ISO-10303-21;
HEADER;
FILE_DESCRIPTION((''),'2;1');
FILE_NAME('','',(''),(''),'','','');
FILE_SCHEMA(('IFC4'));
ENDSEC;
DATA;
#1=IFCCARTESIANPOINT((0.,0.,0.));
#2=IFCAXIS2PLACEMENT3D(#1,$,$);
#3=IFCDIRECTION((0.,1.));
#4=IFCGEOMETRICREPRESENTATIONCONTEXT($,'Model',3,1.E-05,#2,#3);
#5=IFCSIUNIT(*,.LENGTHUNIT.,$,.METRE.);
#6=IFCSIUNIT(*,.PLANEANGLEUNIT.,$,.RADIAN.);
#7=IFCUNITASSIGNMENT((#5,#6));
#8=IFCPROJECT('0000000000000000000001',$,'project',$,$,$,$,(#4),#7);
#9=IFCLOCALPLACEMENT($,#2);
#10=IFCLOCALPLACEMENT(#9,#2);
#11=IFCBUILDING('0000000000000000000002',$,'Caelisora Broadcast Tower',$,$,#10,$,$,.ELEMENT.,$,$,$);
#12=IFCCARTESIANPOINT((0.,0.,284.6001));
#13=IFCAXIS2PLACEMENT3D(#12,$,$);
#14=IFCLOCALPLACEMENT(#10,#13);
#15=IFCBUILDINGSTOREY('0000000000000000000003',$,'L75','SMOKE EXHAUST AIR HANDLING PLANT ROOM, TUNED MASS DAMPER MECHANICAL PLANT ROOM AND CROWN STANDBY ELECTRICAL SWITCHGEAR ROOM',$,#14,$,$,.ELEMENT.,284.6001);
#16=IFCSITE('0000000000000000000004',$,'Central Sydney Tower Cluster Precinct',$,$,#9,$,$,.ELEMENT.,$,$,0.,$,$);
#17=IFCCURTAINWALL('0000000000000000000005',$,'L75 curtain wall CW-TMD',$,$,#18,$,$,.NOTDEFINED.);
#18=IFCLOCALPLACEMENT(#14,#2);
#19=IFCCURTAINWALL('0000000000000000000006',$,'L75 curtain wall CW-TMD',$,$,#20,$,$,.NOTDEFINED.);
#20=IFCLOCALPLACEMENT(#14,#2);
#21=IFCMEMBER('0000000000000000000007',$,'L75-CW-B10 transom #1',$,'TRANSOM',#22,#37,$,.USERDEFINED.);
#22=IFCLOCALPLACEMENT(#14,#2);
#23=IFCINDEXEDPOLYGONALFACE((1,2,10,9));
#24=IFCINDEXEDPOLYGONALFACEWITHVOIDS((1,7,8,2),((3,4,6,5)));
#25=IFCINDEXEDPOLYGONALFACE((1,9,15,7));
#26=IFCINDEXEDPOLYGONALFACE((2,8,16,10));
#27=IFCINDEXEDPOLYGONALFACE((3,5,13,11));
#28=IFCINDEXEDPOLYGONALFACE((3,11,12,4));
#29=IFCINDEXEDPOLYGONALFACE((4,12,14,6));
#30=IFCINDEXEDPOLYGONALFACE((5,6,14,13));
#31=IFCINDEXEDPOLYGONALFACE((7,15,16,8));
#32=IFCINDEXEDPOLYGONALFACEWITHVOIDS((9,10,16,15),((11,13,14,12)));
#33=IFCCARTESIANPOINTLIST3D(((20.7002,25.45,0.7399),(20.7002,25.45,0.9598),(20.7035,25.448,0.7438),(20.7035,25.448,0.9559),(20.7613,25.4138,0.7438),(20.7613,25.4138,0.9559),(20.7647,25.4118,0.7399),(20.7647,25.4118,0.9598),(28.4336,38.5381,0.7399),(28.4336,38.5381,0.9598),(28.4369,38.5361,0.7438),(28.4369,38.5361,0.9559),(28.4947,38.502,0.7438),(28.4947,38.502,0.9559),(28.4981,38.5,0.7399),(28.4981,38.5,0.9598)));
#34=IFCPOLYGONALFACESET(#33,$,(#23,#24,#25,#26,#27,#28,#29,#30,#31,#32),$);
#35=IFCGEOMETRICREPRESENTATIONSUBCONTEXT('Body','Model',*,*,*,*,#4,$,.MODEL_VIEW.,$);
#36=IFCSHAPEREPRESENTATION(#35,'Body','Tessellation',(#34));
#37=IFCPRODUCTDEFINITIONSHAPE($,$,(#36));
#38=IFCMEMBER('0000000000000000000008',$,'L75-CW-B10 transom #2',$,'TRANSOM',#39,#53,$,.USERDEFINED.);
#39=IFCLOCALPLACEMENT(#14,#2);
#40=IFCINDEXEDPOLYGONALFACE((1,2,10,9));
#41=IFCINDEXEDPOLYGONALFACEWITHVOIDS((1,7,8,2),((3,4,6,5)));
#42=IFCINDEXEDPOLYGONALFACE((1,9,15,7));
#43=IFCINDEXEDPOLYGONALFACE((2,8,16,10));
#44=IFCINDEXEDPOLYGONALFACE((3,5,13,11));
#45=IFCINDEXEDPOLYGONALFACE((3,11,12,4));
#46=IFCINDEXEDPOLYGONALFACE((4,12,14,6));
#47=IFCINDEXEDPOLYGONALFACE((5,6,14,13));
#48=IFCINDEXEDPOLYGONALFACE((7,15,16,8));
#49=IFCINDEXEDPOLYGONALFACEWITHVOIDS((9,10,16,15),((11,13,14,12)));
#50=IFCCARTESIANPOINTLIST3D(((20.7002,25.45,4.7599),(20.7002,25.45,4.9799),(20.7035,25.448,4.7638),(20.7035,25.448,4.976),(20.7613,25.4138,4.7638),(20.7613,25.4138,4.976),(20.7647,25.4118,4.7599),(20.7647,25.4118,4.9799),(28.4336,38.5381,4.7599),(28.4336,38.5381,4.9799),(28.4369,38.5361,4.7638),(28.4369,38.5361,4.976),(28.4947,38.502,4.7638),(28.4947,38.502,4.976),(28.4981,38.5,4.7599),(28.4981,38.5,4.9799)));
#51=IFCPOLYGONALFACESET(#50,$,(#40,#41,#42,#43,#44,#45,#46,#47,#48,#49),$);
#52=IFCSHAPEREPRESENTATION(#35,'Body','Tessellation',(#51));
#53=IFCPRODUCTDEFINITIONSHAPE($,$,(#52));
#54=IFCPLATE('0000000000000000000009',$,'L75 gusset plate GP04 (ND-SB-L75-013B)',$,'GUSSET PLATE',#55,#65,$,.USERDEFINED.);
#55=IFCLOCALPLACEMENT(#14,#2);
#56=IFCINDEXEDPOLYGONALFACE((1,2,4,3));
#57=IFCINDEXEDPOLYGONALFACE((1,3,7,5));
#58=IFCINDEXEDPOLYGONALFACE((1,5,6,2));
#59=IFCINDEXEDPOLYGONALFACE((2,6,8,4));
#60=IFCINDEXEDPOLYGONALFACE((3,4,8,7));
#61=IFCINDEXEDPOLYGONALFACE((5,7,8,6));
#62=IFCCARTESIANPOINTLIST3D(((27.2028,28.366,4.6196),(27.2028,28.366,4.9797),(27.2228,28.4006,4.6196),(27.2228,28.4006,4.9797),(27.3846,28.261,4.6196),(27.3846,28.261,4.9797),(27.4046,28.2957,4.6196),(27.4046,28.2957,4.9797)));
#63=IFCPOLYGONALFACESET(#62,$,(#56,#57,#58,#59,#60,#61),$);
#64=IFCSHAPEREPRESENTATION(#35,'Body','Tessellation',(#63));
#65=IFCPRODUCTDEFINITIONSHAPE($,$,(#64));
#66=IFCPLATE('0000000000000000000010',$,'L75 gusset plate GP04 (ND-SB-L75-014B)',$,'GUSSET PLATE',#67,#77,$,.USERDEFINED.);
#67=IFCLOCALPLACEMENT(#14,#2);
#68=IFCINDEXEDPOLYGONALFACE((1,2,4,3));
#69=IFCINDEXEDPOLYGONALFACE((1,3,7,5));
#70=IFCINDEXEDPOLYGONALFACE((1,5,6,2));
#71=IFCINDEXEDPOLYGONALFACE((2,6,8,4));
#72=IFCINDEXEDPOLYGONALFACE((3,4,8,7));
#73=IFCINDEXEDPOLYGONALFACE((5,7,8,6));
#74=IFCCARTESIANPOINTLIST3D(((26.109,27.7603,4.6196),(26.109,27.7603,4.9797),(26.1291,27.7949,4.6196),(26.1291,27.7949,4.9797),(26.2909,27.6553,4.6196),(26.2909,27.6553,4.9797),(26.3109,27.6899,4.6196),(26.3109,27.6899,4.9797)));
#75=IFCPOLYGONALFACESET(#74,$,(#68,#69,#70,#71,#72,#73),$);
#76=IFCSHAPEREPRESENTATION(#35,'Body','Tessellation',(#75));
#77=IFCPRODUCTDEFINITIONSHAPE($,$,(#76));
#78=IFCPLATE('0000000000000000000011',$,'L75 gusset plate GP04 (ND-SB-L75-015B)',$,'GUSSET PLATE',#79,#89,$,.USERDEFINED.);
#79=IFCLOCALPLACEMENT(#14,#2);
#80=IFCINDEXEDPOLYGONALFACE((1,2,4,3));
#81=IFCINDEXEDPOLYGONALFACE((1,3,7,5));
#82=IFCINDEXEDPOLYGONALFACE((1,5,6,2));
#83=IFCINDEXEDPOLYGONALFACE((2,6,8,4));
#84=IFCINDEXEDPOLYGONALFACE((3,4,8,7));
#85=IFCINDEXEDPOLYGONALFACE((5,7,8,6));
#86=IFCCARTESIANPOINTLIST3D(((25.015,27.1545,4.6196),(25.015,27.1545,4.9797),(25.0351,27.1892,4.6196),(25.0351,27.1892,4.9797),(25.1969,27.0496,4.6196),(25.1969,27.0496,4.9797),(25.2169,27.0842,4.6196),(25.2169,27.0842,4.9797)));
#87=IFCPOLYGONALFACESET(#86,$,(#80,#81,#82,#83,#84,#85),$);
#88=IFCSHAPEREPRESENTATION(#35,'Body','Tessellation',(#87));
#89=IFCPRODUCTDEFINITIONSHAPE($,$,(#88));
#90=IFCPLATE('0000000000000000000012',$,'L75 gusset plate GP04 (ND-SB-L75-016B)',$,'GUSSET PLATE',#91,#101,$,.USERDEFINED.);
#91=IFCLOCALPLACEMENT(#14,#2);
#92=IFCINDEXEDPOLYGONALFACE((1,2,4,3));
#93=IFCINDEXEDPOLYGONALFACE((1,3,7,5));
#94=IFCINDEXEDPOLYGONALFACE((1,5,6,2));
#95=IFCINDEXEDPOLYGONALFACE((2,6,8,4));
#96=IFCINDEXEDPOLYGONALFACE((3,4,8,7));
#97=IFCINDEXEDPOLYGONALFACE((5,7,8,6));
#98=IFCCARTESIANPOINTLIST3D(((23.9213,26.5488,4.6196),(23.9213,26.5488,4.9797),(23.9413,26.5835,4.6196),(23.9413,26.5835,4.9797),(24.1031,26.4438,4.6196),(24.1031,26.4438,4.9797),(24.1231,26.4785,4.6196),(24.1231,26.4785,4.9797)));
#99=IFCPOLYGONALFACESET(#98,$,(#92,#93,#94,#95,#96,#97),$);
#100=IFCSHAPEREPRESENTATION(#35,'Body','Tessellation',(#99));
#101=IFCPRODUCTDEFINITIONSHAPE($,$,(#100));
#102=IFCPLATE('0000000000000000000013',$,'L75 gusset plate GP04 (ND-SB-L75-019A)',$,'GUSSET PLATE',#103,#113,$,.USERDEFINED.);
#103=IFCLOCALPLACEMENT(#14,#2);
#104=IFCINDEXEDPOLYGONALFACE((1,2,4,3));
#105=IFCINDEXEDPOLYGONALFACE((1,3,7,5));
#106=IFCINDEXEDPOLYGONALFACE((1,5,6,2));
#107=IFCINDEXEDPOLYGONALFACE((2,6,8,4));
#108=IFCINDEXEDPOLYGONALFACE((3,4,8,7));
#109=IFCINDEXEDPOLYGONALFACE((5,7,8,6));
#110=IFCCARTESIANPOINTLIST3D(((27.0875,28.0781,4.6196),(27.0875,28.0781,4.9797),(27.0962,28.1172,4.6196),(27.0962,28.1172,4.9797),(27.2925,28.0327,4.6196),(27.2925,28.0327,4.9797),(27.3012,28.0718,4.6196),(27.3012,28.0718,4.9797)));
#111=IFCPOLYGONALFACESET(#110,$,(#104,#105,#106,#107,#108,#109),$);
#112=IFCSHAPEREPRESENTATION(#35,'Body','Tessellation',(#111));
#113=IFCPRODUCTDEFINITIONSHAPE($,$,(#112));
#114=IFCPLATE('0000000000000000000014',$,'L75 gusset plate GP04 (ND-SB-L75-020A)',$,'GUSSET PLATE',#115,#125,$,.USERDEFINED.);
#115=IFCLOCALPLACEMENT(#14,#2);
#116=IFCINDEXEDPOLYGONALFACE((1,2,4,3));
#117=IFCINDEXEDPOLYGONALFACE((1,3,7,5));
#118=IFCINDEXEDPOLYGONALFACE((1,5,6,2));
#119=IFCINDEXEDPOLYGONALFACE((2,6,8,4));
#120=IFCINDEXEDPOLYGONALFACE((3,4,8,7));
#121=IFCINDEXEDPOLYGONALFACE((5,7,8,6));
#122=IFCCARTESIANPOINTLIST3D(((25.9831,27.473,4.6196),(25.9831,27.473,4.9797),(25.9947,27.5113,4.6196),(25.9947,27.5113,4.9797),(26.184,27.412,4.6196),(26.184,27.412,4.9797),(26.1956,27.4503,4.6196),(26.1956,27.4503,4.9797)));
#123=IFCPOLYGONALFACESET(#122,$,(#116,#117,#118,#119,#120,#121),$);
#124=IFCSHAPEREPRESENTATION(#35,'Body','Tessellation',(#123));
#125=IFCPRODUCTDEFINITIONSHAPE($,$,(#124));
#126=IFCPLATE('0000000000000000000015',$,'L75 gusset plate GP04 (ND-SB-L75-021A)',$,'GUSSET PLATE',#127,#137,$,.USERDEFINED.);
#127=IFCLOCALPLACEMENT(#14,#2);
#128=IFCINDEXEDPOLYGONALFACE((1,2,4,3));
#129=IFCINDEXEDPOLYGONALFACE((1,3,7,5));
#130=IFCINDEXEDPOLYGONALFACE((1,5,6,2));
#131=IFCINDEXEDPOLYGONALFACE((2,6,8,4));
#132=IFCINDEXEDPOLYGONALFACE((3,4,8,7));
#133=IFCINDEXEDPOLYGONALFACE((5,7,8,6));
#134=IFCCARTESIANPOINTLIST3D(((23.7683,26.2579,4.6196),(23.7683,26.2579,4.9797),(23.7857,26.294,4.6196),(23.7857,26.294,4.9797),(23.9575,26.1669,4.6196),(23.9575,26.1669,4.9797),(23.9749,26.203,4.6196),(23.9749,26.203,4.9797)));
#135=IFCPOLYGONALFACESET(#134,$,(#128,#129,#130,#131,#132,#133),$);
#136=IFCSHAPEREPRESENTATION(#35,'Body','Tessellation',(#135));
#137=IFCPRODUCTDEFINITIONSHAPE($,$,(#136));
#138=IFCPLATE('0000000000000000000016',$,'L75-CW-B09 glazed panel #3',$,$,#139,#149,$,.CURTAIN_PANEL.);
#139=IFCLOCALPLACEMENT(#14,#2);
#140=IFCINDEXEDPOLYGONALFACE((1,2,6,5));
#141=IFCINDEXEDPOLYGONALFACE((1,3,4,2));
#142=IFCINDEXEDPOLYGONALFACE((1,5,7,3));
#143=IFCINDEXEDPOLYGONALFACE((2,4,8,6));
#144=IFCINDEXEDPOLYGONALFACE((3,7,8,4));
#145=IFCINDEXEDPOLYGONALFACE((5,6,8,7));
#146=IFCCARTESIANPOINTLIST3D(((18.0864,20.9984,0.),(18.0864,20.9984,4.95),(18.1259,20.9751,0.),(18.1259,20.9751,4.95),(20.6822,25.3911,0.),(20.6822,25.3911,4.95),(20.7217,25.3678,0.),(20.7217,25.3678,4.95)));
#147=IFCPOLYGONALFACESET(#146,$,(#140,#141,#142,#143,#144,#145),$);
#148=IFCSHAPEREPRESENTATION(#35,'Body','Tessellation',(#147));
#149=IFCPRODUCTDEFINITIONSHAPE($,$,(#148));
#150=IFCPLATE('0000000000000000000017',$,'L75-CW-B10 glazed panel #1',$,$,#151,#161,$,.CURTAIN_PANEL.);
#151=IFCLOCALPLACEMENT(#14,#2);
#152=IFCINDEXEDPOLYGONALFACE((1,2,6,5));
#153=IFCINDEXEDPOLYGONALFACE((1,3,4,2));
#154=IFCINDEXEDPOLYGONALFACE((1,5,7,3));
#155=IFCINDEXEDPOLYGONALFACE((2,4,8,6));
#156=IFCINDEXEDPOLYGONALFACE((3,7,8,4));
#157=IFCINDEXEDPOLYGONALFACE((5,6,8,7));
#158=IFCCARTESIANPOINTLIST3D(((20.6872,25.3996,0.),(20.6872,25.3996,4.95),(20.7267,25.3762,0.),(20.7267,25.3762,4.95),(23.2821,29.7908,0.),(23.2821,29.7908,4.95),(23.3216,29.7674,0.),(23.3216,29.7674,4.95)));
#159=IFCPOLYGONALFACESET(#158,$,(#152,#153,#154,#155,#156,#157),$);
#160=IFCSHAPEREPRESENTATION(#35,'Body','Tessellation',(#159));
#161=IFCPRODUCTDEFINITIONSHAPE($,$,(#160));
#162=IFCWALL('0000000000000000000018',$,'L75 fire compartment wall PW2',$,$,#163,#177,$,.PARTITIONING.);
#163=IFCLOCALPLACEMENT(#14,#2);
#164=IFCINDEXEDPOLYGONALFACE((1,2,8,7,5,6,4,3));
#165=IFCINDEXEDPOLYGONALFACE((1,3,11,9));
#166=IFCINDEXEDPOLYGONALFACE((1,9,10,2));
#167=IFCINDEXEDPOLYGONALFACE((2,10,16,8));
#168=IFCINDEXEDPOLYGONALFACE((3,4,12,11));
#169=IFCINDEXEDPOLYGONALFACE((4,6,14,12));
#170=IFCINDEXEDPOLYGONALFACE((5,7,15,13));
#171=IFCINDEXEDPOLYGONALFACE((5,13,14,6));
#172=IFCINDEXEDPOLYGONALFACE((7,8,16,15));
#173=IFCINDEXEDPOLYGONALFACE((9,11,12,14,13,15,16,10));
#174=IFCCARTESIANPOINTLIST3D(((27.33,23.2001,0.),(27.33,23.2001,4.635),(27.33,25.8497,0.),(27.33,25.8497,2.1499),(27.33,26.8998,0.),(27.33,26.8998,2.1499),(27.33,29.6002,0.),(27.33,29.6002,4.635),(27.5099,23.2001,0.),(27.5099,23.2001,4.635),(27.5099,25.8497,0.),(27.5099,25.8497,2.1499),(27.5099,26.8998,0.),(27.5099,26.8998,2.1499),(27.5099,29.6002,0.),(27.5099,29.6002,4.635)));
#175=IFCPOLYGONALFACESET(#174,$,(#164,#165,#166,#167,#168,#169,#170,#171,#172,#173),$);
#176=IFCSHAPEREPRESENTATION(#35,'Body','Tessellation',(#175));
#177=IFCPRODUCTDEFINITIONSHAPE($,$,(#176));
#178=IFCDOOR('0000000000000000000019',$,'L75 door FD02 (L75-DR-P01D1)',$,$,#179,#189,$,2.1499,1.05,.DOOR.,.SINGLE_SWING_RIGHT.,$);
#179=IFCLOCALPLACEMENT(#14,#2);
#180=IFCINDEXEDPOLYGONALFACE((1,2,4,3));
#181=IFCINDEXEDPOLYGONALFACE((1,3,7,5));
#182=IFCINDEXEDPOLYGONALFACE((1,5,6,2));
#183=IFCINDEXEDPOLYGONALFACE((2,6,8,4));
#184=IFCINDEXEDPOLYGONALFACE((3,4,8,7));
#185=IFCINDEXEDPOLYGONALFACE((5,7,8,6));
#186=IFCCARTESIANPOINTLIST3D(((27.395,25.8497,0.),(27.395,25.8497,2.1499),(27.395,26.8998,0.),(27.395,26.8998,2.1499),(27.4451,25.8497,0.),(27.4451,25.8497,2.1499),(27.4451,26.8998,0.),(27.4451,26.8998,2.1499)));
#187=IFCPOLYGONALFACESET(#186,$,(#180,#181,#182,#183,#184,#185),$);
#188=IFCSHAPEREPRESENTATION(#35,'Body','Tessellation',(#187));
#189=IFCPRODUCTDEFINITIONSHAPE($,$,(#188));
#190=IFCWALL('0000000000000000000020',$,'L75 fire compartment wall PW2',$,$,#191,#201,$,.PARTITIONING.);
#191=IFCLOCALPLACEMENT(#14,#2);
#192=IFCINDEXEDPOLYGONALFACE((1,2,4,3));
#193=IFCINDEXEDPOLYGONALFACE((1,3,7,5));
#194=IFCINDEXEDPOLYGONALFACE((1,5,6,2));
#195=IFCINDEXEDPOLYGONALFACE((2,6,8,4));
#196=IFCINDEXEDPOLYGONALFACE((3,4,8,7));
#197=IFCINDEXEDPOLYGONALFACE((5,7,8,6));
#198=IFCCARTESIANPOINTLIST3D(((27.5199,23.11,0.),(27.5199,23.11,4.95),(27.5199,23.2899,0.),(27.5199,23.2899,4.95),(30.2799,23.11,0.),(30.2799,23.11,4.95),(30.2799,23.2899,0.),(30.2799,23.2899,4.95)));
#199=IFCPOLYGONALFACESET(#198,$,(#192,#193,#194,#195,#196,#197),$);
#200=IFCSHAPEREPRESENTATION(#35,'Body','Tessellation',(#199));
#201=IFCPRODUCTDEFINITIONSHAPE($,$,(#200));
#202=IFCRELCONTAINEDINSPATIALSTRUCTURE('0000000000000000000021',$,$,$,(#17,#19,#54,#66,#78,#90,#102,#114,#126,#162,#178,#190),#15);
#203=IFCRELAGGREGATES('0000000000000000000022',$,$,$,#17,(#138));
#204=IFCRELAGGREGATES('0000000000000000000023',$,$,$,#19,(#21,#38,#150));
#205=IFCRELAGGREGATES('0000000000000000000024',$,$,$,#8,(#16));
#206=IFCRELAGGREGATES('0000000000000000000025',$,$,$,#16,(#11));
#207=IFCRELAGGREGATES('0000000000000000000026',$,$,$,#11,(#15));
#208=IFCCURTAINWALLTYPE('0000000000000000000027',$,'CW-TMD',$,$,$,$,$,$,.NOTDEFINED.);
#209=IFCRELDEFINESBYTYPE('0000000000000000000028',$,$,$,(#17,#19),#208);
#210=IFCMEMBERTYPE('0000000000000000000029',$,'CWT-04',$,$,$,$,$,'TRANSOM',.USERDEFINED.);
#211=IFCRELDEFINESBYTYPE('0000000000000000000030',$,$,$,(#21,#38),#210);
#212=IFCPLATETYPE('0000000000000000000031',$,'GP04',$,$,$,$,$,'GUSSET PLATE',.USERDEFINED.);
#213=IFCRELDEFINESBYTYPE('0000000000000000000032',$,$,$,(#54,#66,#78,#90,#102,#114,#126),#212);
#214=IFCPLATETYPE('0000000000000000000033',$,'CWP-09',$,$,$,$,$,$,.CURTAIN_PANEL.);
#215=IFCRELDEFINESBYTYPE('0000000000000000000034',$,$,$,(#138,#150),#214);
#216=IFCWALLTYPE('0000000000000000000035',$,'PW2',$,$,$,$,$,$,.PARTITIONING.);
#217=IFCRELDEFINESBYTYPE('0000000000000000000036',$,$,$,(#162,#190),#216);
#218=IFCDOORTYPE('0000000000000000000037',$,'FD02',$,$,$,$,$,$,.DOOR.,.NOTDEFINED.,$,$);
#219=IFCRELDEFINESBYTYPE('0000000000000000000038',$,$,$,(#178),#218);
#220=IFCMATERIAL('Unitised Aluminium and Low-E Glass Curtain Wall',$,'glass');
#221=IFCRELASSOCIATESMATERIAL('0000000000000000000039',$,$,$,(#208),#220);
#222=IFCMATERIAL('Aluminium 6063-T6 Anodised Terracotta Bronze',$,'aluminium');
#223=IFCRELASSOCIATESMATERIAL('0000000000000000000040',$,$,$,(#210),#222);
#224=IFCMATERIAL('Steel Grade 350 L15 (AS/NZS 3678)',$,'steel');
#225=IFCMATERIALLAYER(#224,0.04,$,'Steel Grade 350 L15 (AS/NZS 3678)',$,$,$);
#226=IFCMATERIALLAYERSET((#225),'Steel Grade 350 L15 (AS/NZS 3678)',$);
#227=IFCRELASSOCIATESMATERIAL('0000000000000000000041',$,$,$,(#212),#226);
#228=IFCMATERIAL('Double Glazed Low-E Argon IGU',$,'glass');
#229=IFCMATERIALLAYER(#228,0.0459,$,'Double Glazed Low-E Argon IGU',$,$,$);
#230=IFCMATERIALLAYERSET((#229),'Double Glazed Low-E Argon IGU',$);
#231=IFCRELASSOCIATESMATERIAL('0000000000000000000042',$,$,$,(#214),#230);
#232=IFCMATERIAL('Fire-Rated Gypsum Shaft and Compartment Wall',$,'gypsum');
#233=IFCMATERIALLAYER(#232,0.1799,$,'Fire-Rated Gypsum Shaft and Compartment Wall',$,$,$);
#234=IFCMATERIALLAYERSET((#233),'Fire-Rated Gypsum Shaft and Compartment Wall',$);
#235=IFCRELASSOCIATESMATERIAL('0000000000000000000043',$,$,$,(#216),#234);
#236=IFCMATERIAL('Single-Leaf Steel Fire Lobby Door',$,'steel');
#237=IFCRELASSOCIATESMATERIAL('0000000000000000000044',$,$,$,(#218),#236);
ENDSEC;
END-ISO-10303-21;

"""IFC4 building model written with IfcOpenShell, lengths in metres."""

from ifc_helpers import new_model, si_unit, direction, frame, frame_2d, origin, origin_2d, place, context, subcontext, project, spatial, rectangle, hollow_rectangle, extrude, source, transform, mapped, material, layer, layer_set, material_profile, profile_set, type_object, type_shapes, element, fill, aggregate, save


model = new_model("IFC4")

# Units and contexts
model_context = context("Model", 3, precision=1e-05, world=origin(), true_north=direction((0.0, 1.0)))
body_context = subcontext(model_context, "Body", "Model", "MODEL_VIEW")
ifc_project = project(units=[si_unit("LENGTHUNIT", "METRE"), si_unit("PLANEANGLEUNIT", "RADIAN")], contexts=[model_context])

# Site, building, storey
site_placement = place(None, origin())
site = spatial("IfcSite", under=ifc_project, at=site_placement, Name="Central Sydney Tower Cluster Precinct", CompositionType="ELEMENT", RefElevation=0.0)
building_placement = place(site_placement, origin())
building = spatial("IfcBuilding", under=site, at=building_placement, Name="Caelisora Broadcast Tower", CompositionType="ELEMENT")
storey_placement = place(building_placement, frame((0.0, 0.0, 284.6001)))
storey = spatial("IfcBuildingStorey", under=building, at=storey_placement, Name="L75", Description="SMOKE EXHAUST AIR HANDLING PLANT ROOM, TUNED MASS DAMPER MECHANICAL PLANT ROOM AND CROWN STANDBY ELECTRICAL SWITCHGEAR ROOM", CompositionType="ELEMENT", Elevation=284.6001)

# Shared definitions
ifc_material_1 = material(Name="Steel Grade 350 L15 (AS/NZS 3678)", Category="steel")

# Curtain wall
ifc_material_2 = material(Name="Unitised Aluminium and Low-E Glass Curtain Wall", Category="glass")
curtain_wall_type = type_object("IfcCurtainWallType", Name="CW-TMD", PredefinedType="NOTDEFINED", material=ifc_material_2)
curtain_wall_1_placement = place(storey_placement, origin())
curtain_wall_1 = element("IfcCurtainWall", 1, at=curtain_wall_1_placement, inside=storey, type_object=curtain_wall_type, Name="L75 curtain wall CW-TMD", PredefinedType="NOTDEFINED")
ifc_material_3 = material(Name="Aluminium 6063-T6 Anodised Terracotta Bronze", Category="aluminium")

# Curtain wall, members
curtain_wall_2_placement = place(storey_placement, origin())
curtain_wall_2 = element("IfcCurtainWall", 2, at=curtain_wall_2_placement, inside=storey, type_object=curtain_wall_type, Name="L75 curtain wall CW-TMD", PredefinedType="NOTDEFINED")
ifc_material_profile_1 = material_profile(ifc_material_3, hollow_rectangle(XDim=0.075, YDim=0.22, WallThickness=0.0039, at=origin_2d()), Name="Aluminium 6063-T6 Anodised Terracotta Bronze")
ifc_profile_set_1 = profile_set([ifc_material_profile_1], Name="Aluminium 6063-T6 Anodised Terracotta Bronze")
member_type_1 = type_object("IfcMemberType", Name="CWT-04", ElementType="TRANSOM", PredefinedType="USERDEFINED", material=ifc_profile_set_1)
shared_shape_1 = source(origin(), body_context, "Body", "SweptSolid", [
    extrude(hollow_rectangle(XDim=0.075, YDim=0.22, WallThickness=0.0039, at=origin_2d()), origin(), (0.0, 0.0, 1.0), 15.2021),
])
type_shapes(member_type_1, [shared_shape_1])
member_1_placement = place(storey_placement, frame((20.7324, 25.4309, 0.8499), z_axis=(0.508705, 0.860941, 0.0), x_axis=(-0.860941, 0.508705, 0.0)))
member_1 = element("IfcMember", 3, at=member_1_placement, type_object=member_type_1, Name="L75-CW-B10 transom #1", ObjectType="TRANSOM", PredefinedType="USERDEFINED", context=body_context, shape_type="MappedRepresentation", body=[
    mapped(shared_shape_1, transform((0.0, 0.0, 0.0), scale=1.0)),
])
member_2_placement = place(storey_placement, frame((20.7324, 25.4309, 4.8699), z_axis=(0.508705, 0.860941, 0.0), x_axis=(-0.860941, 0.508705, 0.0)))
member_2 = element("IfcMember", 4, at=member_2_placement, type_object=member_type_1, Name="L75-CW-B10 transom #2", ObjectType="TRANSOM", PredefinedType="USERDEFINED", context=body_context, shape_type="MappedRepresentation", body=[
    mapped(shared_shape_1, transform((0.0, 0.0, 0.0), scale=1.0)),
])

# Plates
ifc_layer_1 = layer(ifc_material_1, 0.04, Name="Steel Grade 350 L15 (AS/NZS 3678)")
ifc_layer_set_1 = layer_set([ifc_layer_1], Name="Steel Grade 350 L15 (AS/NZS 3678)")
plate_type_1 = type_object("IfcPlateType", Name="GP04", ElementType="GUSSET PLATE", PredefinedType="USERDEFINED", material=ifc_layer_set_1)
shared_shape_2 = source(origin(), body_context, "Body", "SweptSolid", [
    extrude(rectangle(XDim=0.21, YDim=0.04, at=origin_2d()), origin(), (0.0, 0.0, 1.0), 0.3601),
])
type_shapes(plate_type_1, [shared_shape_2])
for number, where, z_axis, x_axis, name in (
    (5, (27.3037, 28.3308, 4.6196), (0.0, 0.0, 1.0), (0.866025, -0.5, 0.0), "L75 gusset plate GP04 (ND-SB-L75-013B)"),
    (6, (26.21, 27.7251, 4.6196), (0.0, 0.0, 1.0), (0.866025, -0.5, 0.0), "L75 gusset plate GP04 (ND-SB-L75-014B)"),
    (7, (25.116, 27.1194, 4.6196), (0.0, 0.0, 1.0), (0.866025, -0.5, 0.0), "L75 gusset plate GP04 (ND-SB-L75-015B)"),
    (8, (24.0222, 26.5137, 4.6196), (0.0, 0.0, 1.0), (0.866025, -0.5, 0.0), "L75 gusset plate GP04 (ND-SB-L75-016B)"),
    (9, (27.1943, 28.075, 4.6196), (0.0, 0.0, 1.0), (0.976258, -0.21661, 0.0), "L75 gusset plate GP04 (ND-SB-L75-019A)"),
    (10, (26.0894, 27.4617, 4.6196), (0.0, 0.0, 1.0), (0.956864, -0.290535, 0.0), "L75 gusset plate GP04 (ND-SB-L75-020A)"),
    (11, (23.8716, 26.2305, 4.6196), (0.0, 0.0, 1.0), (0.901153, -0.433502, 0.0), "L75 gusset plate GP04 (ND-SB-L75-021A)"),
):
    element("IfcPlate", number, at=place(storey_placement, frame(where, z_axis=z_axis, x_axis=x_axis)), inside=storey, type_object=plate_type_1, Name=name, ObjectType="GUSSET PLATE", PredefinedType="USERDEFINED", context=body_context, shape_type="MappedRepresentation", body=[
        mapped(shared_shape_2, transform((0.0, 0.0, 0.0), scale=1.0)),
    ])

# Plates
ifc_material_4 = material(Name="Double Glazed Low-E Argon IGU", Category="glass")
ifc_layer_2 = layer(ifc_material_4, 0.0459, Name="Double Glazed Low-E Argon IGU")
ifc_layer_set_2 = layer_set([ifc_layer_2], Name="Double Glazed Low-E Argon IGU")
plate_type_2 = type_object("IfcPlateType", Name="CWP-09", PredefinedType="CURTAIN_PANEL", material=ifc_layer_set_2)
shared_shape_3 = source(origin(), body_context, "Body", "SweptSolid", [
    extrude(rectangle(XDim=5.1023, YDim=0.0459, at=origin_2d()), origin(), (0.0, 0.0, 1.0), 4.95),
])
plate_1_placement = place(storey_placement, frame((19.4041, 23.1831, 0.0), z_axis=(0.0, 0.0, 1.0), x_axis=(0.508741, 0.86092, 0.0)))
plate_1 = element("IfcPlate", 12, at=plate_1_placement, type_object=plate_type_2, Name="L75-CW-B09 glazed panel #3", PredefinedType="CURTAIN_PANEL", context=body_context, shape_type="MappedRepresentation", body=[
    mapped(shared_shape_3, transform((0.0, 0.0, 0.0), scale=1.0)),
])
aggregate(curtain_wall_1, [plate_1])
shared_shape_4 = source(origin(), body_context, "Body", "SweptSolid", [
    extrude(rectangle(XDim=5.1006, YDim=0.0459, at=origin_2d()), origin(), (0.0, 0.0, 1.0), 4.95),
])
type_shapes(plate_type_2, [shared_shape_3, shared_shape_4])
plate_2_placement = place(storey_placement, frame((22.0044, 27.5835, 0.0), z_axis=(0.0, 0.0, 1.0), x_axis=(0.508741, 0.86092, 0.0)))
plate_2 = element("IfcPlate", 13, at=plate_2_placement, type_object=plate_type_2, Name="L75-CW-B10 glazed panel #1", PredefinedType="CURTAIN_PANEL", context=body_context, shape_type="MappedRepresentation", body=[
    mapped(shared_shape_4, transform((0.0, 0.0, 0.0), scale=1.0)),
])
aggregate(curtain_wall_2, [member_1, member_2, plate_2])

# Wall, opening, door
ifc_material_5 = material(Name="Fire-Rated Gypsum Shaft and Compartment Wall", Category="gypsum")
ifc_layer_3 = layer(ifc_material_5, 0.1799, Name="Fire-Rated Gypsum Shaft and Compartment Wall")
ifc_layer_set_3 = layer_set([ifc_layer_3], Name="Fire-Rated Gypsum Shaft and Compartment Wall")
wall_type = type_object("IfcWallType", Name="PW2", PredefinedType="PARTITIONING", material=ifc_layer_set_3)
wall_1_placement = place(storey_placement, frame((27.4199, 23.2, 0.0), z_axis=(0.0, 0.0, 1.0), x_axis=(0.0, 1.0, 0.0)))
wall_1 = element("IfcWall", 14, at=wall_1_placement, inside=storey, type_object=wall_type, Name="L75 fire compartment wall PW2", PredefinedType="PARTITIONING", context=body_context, shape_type="SweptSolid", body=[
    extrude(rectangle(XDim=6.4001, YDim=0.1799, at=frame_2d((3.2002, 0.0))), origin(), (0.0, 0.0, 1.0), 4.635),
])
opening_1_placement = place(wall_1_placement, frame((2.6499, 0.0, 0.0)))
opening_1 = element("IfcOpeningElement", 15, at=opening_1_placement, cuts=wall_1, PredefinedType="OPENING", context=body_context, shape_type="SweptSolid", body=[
    extrude(rectangle(XDim=1.05, YDim=2.1499, at=frame_2d((0.5249, 1.075))), frame((0.0, 0.1021, 0.0), z_axis=(0.0, -1.0, 0.0), x_axis=(1.0, 0.0, 0.0)), (0.0, 0.0, 1.0), 0.2039),
])
ifc_material_6 = material(Name="Single-Leaf Steel Fire Lobby Door", Category="steel")
door_type = type_object("IfcDoorType", Name="FD02", OperationType="NOTDEFINED", PredefinedType="DOOR", material=ifc_material_6)
door_1_placement = place(opening_1_placement, origin())
door_1 = element("IfcDoor", 16, at=door_1_placement, inside=storey, type_object=door_type, Name="L75 door FD02 (L75-DR-P01D1)", OperationType="SINGLE_SWING_RIGHT", OverallHeight=2.1499, OverallWidth=1.05, PredefinedType="DOOR", context=body_context, shape_type="SweptSolid", body=[
    extrude(rectangle(XDim=1.05, YDim=2.1499, at=frame_2d((0.5249, 1.075))), frame((0.0, 0.0249, 0.0), z_axis=(0.0, -1.0, 0.0), x_axis=(1.0, 0.0, 0.0)), (0.0, 0.0, 1.0), 0.05),
])
fill(opening_1, door_1)

# Wall
for number, where, z_axis, x_axis, name in (
    (17, (27.52, 23.2, 0.0), (0.0, 0.0, 1.0), (1.0, 0.0, 0.0), "L75 fire compartment wall PW2"),
):
    element("IfcWall", number, at=place(storey_placement, frame(where, z_axis=z_axis, x_axis=x_axis)), inside=storey, type_object=wall_type, Name=name, PredefinedType="PARTITIONING", context=body_context, shape_type="SweptSolid", body=[
        extrude(rectangle(XDim=2.76, YDim=0.1799, at=frame_2d((1.3799, 0.0))), origin(), (0.0, 0.0, 1.0), 4.95),
    ])

save(model, "model.ifc")
